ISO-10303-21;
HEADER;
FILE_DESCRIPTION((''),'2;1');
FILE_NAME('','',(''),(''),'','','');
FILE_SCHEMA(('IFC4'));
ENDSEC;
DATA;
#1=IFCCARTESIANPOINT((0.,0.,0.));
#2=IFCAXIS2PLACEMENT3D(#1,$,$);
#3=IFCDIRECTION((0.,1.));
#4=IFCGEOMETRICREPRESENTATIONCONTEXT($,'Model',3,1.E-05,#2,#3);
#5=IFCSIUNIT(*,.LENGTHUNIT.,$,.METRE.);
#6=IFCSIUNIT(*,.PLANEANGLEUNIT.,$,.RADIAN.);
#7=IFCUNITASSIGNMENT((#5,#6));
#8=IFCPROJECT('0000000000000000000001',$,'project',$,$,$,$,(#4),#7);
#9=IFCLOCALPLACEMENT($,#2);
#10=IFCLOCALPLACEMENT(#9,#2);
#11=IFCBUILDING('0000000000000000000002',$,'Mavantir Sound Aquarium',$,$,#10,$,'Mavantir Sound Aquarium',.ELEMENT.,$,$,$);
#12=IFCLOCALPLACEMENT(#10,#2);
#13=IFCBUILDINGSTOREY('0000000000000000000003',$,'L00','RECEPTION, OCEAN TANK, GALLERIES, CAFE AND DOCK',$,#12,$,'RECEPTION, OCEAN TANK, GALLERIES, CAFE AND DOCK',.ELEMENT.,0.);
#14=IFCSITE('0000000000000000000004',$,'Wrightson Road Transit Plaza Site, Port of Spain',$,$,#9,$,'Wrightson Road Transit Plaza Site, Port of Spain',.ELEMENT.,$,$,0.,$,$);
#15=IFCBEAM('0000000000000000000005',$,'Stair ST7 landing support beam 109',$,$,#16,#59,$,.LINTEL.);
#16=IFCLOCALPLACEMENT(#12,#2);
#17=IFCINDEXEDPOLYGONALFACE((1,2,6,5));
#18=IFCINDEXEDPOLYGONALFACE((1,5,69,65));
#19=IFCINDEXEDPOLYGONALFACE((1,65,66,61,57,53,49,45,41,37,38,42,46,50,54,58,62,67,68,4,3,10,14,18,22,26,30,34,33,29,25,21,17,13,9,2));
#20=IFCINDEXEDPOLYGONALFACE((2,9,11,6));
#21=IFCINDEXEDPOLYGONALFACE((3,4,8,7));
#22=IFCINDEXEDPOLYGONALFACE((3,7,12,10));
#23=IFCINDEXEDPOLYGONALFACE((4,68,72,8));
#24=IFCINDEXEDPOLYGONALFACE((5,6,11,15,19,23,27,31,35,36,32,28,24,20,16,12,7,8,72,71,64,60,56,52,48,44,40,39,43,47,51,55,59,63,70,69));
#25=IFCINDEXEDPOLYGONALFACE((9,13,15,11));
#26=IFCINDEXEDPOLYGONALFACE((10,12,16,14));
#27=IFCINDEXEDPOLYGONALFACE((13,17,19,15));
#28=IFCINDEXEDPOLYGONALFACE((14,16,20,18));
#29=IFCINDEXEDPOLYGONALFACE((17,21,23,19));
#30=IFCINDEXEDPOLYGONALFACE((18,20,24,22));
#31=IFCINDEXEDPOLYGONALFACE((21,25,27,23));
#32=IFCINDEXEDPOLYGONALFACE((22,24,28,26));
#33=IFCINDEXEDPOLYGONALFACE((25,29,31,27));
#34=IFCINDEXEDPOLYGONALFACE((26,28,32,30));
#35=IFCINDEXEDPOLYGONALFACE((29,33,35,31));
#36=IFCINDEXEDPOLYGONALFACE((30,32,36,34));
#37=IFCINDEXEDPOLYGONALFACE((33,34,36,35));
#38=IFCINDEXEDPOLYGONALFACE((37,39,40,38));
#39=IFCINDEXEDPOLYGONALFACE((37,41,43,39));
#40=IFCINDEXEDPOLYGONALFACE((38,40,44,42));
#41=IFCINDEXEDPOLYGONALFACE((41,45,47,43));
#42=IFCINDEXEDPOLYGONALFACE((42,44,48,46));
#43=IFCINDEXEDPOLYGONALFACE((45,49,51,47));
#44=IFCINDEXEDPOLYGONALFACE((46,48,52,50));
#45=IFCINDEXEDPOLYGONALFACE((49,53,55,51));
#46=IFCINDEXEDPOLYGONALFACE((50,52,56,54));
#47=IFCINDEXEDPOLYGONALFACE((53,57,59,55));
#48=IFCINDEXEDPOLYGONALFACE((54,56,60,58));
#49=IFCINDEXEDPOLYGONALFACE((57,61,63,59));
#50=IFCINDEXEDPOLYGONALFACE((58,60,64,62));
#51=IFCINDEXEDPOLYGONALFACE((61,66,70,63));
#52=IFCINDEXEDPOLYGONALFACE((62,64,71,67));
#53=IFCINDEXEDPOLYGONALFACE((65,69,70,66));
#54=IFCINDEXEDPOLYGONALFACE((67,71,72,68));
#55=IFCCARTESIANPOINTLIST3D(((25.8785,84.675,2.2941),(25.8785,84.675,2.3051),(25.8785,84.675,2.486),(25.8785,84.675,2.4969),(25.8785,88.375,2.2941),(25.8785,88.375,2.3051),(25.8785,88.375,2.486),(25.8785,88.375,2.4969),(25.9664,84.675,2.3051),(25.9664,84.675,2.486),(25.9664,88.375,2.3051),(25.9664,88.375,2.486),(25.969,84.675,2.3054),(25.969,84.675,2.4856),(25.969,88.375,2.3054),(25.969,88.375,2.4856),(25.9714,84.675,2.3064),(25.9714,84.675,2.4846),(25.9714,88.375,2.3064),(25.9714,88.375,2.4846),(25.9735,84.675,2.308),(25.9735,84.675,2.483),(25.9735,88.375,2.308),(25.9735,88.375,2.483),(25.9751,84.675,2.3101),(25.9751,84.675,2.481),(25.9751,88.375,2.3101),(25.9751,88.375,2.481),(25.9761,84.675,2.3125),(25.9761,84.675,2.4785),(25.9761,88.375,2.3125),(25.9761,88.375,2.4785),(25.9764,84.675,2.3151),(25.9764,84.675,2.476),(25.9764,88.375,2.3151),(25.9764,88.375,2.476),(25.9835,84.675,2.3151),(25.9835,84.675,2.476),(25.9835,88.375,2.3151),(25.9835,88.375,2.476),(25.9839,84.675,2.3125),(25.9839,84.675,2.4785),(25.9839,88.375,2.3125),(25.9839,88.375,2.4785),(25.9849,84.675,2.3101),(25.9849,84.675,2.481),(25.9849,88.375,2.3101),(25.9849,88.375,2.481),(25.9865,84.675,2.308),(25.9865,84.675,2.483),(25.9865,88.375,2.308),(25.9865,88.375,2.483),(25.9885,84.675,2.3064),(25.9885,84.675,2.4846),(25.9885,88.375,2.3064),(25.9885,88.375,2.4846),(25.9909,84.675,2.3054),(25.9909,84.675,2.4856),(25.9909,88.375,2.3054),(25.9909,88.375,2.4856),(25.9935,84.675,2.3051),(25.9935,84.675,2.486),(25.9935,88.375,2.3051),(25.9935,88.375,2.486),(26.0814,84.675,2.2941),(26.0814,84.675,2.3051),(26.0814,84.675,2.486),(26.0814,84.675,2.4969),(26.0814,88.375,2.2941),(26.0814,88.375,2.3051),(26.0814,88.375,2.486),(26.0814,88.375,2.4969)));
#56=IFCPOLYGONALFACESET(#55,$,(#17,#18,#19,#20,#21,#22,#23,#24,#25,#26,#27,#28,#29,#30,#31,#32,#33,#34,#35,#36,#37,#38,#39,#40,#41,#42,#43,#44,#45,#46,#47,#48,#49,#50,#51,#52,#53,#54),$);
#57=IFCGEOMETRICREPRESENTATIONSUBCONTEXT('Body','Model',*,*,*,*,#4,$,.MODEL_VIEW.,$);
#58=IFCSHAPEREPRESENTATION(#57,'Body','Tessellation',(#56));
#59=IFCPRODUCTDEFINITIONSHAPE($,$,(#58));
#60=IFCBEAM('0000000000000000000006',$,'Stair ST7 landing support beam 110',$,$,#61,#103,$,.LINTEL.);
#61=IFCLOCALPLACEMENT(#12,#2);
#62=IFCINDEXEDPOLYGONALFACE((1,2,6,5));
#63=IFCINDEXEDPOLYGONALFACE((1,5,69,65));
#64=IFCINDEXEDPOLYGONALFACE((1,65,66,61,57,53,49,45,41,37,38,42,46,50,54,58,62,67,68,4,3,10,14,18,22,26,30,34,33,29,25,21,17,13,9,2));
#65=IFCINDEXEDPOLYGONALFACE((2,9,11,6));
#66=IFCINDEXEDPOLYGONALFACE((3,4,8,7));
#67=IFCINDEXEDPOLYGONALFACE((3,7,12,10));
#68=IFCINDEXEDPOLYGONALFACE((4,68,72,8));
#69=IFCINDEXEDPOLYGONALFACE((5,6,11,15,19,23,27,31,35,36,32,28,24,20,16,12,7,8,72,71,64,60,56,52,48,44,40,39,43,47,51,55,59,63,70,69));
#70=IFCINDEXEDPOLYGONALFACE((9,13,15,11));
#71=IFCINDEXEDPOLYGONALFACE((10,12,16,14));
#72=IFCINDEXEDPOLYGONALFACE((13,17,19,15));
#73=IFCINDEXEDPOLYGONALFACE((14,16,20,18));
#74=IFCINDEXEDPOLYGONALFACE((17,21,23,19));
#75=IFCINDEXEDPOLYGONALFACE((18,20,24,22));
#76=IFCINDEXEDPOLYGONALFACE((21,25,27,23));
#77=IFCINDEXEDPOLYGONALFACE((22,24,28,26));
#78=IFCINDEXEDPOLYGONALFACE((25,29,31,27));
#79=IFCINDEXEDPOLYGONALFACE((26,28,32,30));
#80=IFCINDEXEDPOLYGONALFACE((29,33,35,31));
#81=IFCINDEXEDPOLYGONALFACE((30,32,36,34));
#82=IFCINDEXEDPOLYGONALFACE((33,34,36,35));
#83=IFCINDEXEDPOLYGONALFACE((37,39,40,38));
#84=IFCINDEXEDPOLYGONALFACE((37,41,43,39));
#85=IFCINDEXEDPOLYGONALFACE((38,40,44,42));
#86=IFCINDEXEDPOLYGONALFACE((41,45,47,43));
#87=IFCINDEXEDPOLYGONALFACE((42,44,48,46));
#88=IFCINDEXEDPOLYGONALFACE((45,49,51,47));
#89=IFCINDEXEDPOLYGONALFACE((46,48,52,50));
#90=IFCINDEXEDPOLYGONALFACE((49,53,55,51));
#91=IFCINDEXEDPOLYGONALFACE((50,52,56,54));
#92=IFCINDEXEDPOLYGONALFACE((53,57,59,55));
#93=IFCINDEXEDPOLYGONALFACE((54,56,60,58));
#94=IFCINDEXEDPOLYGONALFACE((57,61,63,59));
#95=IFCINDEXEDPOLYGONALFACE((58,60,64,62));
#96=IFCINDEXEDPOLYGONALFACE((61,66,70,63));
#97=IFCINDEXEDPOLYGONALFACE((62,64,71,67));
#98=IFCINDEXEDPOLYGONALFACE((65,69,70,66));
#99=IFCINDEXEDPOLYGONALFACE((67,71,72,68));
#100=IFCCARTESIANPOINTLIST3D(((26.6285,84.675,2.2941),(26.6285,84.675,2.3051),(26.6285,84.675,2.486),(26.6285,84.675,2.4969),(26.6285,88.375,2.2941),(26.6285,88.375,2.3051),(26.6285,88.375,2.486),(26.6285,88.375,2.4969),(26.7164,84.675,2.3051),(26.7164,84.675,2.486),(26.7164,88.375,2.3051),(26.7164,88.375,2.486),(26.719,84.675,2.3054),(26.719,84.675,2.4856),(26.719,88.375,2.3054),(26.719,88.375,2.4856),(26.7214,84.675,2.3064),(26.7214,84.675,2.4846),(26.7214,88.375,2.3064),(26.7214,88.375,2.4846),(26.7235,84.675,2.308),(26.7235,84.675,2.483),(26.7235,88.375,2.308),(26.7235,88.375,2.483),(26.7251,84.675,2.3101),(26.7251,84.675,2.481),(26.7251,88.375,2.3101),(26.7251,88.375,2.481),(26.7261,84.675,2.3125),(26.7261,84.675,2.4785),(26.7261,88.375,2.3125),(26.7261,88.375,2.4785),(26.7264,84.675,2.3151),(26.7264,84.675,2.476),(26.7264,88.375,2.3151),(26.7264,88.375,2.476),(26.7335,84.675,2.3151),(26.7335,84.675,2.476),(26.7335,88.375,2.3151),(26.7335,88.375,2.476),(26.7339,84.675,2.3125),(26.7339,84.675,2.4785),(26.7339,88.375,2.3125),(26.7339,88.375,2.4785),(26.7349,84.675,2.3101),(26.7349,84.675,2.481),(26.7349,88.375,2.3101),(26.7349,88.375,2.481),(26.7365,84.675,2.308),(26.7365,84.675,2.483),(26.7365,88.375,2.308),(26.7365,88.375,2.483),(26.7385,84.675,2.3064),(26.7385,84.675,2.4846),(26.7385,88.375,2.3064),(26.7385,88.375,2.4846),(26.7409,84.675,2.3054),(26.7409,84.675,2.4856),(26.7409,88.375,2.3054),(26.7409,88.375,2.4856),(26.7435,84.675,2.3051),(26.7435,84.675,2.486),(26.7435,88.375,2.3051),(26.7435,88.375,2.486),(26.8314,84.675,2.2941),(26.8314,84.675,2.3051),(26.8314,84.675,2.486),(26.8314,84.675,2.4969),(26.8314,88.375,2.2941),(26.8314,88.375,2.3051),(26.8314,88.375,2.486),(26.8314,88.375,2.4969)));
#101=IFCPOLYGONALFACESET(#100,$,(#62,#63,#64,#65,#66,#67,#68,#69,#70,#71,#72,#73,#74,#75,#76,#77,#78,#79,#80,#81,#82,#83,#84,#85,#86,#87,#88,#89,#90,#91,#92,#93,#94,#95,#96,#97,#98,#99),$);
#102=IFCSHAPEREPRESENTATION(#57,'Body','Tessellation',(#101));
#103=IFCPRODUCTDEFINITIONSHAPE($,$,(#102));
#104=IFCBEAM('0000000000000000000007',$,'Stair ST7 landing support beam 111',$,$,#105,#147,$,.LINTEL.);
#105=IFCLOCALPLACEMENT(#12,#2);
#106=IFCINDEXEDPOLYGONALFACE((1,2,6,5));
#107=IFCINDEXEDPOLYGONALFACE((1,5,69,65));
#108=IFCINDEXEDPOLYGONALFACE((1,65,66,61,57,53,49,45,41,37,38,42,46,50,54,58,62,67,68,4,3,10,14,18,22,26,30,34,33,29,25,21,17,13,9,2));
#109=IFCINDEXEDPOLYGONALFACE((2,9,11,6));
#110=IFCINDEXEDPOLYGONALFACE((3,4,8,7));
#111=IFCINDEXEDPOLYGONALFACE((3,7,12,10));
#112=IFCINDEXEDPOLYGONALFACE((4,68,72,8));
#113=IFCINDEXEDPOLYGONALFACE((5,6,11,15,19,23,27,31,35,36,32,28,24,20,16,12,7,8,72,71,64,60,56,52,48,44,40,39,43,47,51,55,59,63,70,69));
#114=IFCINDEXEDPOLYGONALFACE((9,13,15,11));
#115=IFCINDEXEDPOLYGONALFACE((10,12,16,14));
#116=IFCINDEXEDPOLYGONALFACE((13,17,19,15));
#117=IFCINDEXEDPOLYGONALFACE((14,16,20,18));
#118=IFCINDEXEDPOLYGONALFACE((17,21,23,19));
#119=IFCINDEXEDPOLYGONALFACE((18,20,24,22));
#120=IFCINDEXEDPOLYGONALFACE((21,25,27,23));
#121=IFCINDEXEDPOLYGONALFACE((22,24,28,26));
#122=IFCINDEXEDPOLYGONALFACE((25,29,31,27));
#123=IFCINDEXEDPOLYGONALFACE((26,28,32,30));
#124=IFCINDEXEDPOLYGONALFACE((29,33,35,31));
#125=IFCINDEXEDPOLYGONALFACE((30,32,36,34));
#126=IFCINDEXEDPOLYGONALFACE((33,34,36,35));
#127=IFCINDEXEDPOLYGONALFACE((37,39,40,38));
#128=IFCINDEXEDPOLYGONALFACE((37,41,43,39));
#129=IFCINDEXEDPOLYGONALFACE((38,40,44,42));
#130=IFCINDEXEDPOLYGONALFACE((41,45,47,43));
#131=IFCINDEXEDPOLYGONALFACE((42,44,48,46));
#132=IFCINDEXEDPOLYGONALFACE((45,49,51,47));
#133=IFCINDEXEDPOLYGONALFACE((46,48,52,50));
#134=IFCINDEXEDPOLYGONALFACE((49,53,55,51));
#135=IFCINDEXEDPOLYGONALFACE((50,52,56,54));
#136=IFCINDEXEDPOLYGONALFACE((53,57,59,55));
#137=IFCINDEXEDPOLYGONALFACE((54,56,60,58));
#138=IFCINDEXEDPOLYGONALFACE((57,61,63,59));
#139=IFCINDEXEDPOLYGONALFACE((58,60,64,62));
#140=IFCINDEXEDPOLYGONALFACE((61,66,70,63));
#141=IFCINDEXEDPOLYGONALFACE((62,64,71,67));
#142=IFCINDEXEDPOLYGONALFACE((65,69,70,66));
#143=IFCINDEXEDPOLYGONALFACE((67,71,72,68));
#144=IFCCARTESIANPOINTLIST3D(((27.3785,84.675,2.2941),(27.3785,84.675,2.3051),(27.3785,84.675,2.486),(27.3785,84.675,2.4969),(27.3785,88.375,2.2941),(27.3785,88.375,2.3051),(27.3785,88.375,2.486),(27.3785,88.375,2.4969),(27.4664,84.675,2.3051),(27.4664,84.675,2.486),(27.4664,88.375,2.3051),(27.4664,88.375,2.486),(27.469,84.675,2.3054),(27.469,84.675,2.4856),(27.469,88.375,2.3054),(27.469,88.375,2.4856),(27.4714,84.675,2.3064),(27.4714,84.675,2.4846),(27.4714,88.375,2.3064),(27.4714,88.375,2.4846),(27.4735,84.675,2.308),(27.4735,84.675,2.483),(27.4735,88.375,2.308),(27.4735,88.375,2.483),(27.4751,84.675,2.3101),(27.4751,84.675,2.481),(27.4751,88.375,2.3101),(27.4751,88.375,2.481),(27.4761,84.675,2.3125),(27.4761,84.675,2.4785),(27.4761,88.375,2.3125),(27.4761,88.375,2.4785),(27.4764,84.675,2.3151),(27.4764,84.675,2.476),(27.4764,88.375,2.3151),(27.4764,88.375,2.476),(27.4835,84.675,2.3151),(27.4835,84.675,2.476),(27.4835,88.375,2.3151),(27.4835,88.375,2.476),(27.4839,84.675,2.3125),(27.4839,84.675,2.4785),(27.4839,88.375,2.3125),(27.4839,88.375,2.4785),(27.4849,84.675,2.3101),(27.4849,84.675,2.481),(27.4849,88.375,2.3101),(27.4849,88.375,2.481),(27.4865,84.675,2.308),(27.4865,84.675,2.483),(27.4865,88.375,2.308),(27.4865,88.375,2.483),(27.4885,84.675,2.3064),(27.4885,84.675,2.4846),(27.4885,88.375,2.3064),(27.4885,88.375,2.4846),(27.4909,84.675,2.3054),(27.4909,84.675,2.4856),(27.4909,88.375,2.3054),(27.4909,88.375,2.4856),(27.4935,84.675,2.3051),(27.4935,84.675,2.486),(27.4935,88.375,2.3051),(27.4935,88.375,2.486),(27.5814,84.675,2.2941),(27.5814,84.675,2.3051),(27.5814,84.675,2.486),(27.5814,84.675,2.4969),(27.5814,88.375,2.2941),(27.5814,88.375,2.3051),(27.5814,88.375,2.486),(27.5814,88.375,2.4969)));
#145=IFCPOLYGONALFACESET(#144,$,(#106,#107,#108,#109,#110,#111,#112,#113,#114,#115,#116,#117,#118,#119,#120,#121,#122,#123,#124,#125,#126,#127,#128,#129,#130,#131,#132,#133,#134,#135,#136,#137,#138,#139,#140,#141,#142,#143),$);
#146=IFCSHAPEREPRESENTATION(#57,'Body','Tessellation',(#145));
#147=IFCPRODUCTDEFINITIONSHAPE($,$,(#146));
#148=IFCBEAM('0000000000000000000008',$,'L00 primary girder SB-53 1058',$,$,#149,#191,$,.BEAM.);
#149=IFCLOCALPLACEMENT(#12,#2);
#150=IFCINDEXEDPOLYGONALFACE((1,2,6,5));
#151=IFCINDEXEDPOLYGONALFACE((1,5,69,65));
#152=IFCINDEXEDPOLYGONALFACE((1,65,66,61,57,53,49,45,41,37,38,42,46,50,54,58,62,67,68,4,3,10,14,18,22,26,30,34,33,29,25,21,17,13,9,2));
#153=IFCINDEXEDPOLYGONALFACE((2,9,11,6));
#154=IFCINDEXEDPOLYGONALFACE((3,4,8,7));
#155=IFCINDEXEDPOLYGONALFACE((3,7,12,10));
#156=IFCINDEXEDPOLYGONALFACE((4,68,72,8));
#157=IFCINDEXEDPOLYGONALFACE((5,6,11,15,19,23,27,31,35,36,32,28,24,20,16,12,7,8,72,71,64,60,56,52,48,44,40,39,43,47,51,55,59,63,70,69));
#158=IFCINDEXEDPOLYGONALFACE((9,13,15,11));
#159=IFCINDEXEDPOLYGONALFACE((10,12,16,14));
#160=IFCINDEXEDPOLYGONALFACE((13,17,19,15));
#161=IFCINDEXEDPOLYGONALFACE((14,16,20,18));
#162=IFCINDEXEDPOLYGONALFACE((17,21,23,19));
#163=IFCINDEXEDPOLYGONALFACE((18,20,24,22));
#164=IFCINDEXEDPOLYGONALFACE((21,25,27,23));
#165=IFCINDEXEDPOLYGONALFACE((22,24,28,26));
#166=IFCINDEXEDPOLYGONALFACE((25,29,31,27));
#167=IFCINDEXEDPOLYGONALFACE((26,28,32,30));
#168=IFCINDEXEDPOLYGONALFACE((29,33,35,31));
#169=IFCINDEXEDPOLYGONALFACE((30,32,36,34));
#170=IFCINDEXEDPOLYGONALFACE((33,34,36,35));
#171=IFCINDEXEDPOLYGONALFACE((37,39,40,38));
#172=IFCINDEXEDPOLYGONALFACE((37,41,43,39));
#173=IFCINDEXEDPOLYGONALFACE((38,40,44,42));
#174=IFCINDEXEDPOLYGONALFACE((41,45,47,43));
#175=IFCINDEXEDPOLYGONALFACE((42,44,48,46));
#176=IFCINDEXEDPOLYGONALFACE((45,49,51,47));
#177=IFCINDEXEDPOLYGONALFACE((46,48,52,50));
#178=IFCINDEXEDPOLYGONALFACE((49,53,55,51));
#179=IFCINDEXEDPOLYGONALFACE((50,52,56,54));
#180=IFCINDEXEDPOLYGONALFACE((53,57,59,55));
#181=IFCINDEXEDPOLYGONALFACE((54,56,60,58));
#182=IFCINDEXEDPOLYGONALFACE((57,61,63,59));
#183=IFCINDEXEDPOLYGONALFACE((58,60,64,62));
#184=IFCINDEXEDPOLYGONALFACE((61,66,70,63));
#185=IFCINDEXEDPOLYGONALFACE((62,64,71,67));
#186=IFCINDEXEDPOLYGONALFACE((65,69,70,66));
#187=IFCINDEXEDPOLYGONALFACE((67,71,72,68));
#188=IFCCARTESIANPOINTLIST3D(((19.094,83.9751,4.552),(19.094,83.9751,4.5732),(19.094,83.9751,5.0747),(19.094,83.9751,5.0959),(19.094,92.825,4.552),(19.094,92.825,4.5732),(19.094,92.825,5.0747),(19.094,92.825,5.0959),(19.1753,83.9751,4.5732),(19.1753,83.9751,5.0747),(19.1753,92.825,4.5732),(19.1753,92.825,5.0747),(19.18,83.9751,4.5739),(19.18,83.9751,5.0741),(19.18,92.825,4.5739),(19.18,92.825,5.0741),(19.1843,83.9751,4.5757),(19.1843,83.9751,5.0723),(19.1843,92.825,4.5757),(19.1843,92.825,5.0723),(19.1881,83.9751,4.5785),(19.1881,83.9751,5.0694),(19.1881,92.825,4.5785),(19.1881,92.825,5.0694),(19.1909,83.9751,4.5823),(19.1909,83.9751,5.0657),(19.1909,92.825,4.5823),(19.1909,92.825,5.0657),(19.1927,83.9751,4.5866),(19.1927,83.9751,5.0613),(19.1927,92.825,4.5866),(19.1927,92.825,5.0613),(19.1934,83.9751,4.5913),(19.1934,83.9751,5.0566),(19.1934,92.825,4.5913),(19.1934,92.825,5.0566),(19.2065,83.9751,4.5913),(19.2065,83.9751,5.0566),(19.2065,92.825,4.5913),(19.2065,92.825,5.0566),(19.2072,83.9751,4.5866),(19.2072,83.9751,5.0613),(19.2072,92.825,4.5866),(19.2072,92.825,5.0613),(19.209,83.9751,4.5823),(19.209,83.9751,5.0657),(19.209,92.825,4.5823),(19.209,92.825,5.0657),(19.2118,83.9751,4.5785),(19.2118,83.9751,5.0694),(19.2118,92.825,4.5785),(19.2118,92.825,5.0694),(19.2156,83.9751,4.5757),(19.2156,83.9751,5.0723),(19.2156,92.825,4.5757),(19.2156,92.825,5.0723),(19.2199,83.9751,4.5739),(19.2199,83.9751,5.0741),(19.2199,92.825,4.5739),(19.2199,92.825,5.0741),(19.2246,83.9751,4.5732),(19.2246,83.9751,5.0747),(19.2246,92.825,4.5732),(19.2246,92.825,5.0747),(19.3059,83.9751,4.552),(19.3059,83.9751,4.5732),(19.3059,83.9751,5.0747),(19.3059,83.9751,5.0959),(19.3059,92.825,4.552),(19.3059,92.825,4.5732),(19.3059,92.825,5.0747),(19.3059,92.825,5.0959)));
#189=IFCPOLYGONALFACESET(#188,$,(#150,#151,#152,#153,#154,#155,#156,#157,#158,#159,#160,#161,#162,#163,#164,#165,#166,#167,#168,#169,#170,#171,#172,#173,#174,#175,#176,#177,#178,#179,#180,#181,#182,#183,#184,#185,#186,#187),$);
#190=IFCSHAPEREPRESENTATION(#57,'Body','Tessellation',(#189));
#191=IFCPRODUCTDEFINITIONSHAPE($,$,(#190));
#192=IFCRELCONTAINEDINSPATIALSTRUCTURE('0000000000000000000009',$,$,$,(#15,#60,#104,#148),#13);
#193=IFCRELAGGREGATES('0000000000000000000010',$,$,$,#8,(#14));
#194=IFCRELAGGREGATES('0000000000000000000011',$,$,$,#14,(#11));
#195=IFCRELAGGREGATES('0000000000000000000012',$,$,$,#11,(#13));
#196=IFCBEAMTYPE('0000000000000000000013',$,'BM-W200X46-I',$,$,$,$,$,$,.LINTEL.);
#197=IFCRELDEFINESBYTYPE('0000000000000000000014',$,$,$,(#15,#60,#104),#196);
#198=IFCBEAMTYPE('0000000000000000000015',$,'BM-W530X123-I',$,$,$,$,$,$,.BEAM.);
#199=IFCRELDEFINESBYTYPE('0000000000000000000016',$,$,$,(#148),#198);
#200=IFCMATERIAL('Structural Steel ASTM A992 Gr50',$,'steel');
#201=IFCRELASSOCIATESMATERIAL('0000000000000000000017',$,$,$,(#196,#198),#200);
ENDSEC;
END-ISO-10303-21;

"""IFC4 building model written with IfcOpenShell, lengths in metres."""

from ifc_helpers import new_model, si_unit, direction, frame, origin, origin_2d, place, context, subcontext, project, spatial, i_section, extrude, material, material_profile, profile_set, type_object, element, save


model = new_model("IFC4")

# Units and contexts
model_context = context("Model", 3, precision=1e-05, world=origin(), true_north=direction((0.0, 1.0)))
body_context = subcontext(model_context, "Body", "Model", "MODEL_VIEW")
ifc_project = project(units=[si_unit("LENGTHUNIT", "METRE"), si_unit("PLANEANGLEUNIT", "RADIAN")], contexts=[model_context])

# Site, building, storey
site_placement = place(None, origin())
site = spatial("IfcSite", under=ifc_project, at=site_placement, Name="Wrightson Road Transit Plaza Site, Port of Spain", LongName="Wrightson Road Transit Plaza Site, Port of Spain", CompositionType="ELEMENT", RefElevation=0.0)
building_placement = place(site_placement, origin())
building = spatial("IfcBuilding", under=site, at=building_placement, Name="Mavantir Sound Aquarium", LongName="Mavantir Sound Aquarium", CompositionType="ELEMENT")
storey_placement = place(building_placement, origin())
storey = spatial("IfcBuildingStorey", under=building, at=storey_placement, Name="L00", Description="RECEPTION, OCEAN TANK, GALLERIES, CAFE AND DOCK", LongName="RECEPTION, OCEAN TANK, GALLERIES, CAFE AND DOCK", CompositionType="ELEMENT", Elevation=0.0)

# Beams
ifc_material_1 = material(Name="Structural Steel ASTM A992 Gr50", Category="steel")
ifc_material_profile_1 = material_profile(ifc_material_1, i_section(OverallWidth=0.2029, OverallDepth=0.2029, WebThickness=0.0071, FlangeThickness=0.011, FilletRadius=0.01, at=origin_2d()), Name="W200X46")
ifc_profile_set_1 = profile_set([ifc_material_profile_1], Name="Structural Steel ASTM A992 Gr50")
beam_type_1 = type_object("IfcBeamType", Name="BM-W200X46-I", PredefinedType="LINTEL", material=ifc_profile_set_1)
for number, where, z_axis, x_axis, name in (
    (1, (25.98, 84.675, 2.3955), (0.0, 1.0, 0.0), (-1.0, 0.0, 0.0), "Stair ST7 landing support beam 109"),
    (2, (26.73, 84.675, 2.3955), (0.0, 1.0, 0.0), (-1.0, 0.0, 0.0), "Stair ST7 landing support beam 110"),
    (3, (27.48, 84.675, 2.3955), (0.0, 1.0, 0.0), (-1.0, 0.0, 0.0), "Stair ST7 landing support beam 111"),
):
    element("IfcBeam", number, at=place(storey_placement, frame(where, z_axis=z_axis, x_axis=x_axis)), inside=storey, type_object=beam_type_1, Name=name, PredefinedType="LINTEL", context=body_context, shape_type="SweptSolid", body=[
        extrude(i_section(OverallWidth=0.2029, OverallDepth=0.2029, WebThickness=0.0071, FlangeThickness=0.011, FilletRadius=0.01, at=origin_2d()), origin(), (0.0, 0.0, 1.0), 3.7),
    ])
ifc_material_profile_2 = material_profile(ifc_material_1, i_section(OverallWidth=0.2119, OverallDepth=0.5439, WebThickness=0.0132, FlangeThickness=0.0212, FilletRadius=0.0181, at=origin_2d()), Name="W530X123")
ifc_profile_set_2 = profile_set([ifc_material_profile_2], Name="Structural Steel ASTM A992 Gr50")
beam_type_2 = type_object("IfcBeamType", Name="BM-W530X123-I", PredefinedType="BEAM", material=ifc_profile_set_2)
beam_1_placement = place(storey_placement, frame((19.2, 83.9751, 4.824), z_axis=(0.0, 1.0, 0.0), x_axis=(-1.0, 0.0, 0.0)))
element("IfcBeam", 4, at=beam_1_placement, inside=storey, type_object=beam_type_2, Name="L00 primary girder SB-53 1058", PredefinedType="BEAM", context=body_context, shape_type="SweptSolid", body=[
    extrude(i_section(OverallWidth=0.2119, OverallDepth=0.5439, WebThickness=0.0132, FlangeThickness=0.0212, FilletRadius=0.0181, at=origin_2d()), origin(), (0.0, 0.0, 1.0), 8.8499),
])

save(model, "model.ifc")
